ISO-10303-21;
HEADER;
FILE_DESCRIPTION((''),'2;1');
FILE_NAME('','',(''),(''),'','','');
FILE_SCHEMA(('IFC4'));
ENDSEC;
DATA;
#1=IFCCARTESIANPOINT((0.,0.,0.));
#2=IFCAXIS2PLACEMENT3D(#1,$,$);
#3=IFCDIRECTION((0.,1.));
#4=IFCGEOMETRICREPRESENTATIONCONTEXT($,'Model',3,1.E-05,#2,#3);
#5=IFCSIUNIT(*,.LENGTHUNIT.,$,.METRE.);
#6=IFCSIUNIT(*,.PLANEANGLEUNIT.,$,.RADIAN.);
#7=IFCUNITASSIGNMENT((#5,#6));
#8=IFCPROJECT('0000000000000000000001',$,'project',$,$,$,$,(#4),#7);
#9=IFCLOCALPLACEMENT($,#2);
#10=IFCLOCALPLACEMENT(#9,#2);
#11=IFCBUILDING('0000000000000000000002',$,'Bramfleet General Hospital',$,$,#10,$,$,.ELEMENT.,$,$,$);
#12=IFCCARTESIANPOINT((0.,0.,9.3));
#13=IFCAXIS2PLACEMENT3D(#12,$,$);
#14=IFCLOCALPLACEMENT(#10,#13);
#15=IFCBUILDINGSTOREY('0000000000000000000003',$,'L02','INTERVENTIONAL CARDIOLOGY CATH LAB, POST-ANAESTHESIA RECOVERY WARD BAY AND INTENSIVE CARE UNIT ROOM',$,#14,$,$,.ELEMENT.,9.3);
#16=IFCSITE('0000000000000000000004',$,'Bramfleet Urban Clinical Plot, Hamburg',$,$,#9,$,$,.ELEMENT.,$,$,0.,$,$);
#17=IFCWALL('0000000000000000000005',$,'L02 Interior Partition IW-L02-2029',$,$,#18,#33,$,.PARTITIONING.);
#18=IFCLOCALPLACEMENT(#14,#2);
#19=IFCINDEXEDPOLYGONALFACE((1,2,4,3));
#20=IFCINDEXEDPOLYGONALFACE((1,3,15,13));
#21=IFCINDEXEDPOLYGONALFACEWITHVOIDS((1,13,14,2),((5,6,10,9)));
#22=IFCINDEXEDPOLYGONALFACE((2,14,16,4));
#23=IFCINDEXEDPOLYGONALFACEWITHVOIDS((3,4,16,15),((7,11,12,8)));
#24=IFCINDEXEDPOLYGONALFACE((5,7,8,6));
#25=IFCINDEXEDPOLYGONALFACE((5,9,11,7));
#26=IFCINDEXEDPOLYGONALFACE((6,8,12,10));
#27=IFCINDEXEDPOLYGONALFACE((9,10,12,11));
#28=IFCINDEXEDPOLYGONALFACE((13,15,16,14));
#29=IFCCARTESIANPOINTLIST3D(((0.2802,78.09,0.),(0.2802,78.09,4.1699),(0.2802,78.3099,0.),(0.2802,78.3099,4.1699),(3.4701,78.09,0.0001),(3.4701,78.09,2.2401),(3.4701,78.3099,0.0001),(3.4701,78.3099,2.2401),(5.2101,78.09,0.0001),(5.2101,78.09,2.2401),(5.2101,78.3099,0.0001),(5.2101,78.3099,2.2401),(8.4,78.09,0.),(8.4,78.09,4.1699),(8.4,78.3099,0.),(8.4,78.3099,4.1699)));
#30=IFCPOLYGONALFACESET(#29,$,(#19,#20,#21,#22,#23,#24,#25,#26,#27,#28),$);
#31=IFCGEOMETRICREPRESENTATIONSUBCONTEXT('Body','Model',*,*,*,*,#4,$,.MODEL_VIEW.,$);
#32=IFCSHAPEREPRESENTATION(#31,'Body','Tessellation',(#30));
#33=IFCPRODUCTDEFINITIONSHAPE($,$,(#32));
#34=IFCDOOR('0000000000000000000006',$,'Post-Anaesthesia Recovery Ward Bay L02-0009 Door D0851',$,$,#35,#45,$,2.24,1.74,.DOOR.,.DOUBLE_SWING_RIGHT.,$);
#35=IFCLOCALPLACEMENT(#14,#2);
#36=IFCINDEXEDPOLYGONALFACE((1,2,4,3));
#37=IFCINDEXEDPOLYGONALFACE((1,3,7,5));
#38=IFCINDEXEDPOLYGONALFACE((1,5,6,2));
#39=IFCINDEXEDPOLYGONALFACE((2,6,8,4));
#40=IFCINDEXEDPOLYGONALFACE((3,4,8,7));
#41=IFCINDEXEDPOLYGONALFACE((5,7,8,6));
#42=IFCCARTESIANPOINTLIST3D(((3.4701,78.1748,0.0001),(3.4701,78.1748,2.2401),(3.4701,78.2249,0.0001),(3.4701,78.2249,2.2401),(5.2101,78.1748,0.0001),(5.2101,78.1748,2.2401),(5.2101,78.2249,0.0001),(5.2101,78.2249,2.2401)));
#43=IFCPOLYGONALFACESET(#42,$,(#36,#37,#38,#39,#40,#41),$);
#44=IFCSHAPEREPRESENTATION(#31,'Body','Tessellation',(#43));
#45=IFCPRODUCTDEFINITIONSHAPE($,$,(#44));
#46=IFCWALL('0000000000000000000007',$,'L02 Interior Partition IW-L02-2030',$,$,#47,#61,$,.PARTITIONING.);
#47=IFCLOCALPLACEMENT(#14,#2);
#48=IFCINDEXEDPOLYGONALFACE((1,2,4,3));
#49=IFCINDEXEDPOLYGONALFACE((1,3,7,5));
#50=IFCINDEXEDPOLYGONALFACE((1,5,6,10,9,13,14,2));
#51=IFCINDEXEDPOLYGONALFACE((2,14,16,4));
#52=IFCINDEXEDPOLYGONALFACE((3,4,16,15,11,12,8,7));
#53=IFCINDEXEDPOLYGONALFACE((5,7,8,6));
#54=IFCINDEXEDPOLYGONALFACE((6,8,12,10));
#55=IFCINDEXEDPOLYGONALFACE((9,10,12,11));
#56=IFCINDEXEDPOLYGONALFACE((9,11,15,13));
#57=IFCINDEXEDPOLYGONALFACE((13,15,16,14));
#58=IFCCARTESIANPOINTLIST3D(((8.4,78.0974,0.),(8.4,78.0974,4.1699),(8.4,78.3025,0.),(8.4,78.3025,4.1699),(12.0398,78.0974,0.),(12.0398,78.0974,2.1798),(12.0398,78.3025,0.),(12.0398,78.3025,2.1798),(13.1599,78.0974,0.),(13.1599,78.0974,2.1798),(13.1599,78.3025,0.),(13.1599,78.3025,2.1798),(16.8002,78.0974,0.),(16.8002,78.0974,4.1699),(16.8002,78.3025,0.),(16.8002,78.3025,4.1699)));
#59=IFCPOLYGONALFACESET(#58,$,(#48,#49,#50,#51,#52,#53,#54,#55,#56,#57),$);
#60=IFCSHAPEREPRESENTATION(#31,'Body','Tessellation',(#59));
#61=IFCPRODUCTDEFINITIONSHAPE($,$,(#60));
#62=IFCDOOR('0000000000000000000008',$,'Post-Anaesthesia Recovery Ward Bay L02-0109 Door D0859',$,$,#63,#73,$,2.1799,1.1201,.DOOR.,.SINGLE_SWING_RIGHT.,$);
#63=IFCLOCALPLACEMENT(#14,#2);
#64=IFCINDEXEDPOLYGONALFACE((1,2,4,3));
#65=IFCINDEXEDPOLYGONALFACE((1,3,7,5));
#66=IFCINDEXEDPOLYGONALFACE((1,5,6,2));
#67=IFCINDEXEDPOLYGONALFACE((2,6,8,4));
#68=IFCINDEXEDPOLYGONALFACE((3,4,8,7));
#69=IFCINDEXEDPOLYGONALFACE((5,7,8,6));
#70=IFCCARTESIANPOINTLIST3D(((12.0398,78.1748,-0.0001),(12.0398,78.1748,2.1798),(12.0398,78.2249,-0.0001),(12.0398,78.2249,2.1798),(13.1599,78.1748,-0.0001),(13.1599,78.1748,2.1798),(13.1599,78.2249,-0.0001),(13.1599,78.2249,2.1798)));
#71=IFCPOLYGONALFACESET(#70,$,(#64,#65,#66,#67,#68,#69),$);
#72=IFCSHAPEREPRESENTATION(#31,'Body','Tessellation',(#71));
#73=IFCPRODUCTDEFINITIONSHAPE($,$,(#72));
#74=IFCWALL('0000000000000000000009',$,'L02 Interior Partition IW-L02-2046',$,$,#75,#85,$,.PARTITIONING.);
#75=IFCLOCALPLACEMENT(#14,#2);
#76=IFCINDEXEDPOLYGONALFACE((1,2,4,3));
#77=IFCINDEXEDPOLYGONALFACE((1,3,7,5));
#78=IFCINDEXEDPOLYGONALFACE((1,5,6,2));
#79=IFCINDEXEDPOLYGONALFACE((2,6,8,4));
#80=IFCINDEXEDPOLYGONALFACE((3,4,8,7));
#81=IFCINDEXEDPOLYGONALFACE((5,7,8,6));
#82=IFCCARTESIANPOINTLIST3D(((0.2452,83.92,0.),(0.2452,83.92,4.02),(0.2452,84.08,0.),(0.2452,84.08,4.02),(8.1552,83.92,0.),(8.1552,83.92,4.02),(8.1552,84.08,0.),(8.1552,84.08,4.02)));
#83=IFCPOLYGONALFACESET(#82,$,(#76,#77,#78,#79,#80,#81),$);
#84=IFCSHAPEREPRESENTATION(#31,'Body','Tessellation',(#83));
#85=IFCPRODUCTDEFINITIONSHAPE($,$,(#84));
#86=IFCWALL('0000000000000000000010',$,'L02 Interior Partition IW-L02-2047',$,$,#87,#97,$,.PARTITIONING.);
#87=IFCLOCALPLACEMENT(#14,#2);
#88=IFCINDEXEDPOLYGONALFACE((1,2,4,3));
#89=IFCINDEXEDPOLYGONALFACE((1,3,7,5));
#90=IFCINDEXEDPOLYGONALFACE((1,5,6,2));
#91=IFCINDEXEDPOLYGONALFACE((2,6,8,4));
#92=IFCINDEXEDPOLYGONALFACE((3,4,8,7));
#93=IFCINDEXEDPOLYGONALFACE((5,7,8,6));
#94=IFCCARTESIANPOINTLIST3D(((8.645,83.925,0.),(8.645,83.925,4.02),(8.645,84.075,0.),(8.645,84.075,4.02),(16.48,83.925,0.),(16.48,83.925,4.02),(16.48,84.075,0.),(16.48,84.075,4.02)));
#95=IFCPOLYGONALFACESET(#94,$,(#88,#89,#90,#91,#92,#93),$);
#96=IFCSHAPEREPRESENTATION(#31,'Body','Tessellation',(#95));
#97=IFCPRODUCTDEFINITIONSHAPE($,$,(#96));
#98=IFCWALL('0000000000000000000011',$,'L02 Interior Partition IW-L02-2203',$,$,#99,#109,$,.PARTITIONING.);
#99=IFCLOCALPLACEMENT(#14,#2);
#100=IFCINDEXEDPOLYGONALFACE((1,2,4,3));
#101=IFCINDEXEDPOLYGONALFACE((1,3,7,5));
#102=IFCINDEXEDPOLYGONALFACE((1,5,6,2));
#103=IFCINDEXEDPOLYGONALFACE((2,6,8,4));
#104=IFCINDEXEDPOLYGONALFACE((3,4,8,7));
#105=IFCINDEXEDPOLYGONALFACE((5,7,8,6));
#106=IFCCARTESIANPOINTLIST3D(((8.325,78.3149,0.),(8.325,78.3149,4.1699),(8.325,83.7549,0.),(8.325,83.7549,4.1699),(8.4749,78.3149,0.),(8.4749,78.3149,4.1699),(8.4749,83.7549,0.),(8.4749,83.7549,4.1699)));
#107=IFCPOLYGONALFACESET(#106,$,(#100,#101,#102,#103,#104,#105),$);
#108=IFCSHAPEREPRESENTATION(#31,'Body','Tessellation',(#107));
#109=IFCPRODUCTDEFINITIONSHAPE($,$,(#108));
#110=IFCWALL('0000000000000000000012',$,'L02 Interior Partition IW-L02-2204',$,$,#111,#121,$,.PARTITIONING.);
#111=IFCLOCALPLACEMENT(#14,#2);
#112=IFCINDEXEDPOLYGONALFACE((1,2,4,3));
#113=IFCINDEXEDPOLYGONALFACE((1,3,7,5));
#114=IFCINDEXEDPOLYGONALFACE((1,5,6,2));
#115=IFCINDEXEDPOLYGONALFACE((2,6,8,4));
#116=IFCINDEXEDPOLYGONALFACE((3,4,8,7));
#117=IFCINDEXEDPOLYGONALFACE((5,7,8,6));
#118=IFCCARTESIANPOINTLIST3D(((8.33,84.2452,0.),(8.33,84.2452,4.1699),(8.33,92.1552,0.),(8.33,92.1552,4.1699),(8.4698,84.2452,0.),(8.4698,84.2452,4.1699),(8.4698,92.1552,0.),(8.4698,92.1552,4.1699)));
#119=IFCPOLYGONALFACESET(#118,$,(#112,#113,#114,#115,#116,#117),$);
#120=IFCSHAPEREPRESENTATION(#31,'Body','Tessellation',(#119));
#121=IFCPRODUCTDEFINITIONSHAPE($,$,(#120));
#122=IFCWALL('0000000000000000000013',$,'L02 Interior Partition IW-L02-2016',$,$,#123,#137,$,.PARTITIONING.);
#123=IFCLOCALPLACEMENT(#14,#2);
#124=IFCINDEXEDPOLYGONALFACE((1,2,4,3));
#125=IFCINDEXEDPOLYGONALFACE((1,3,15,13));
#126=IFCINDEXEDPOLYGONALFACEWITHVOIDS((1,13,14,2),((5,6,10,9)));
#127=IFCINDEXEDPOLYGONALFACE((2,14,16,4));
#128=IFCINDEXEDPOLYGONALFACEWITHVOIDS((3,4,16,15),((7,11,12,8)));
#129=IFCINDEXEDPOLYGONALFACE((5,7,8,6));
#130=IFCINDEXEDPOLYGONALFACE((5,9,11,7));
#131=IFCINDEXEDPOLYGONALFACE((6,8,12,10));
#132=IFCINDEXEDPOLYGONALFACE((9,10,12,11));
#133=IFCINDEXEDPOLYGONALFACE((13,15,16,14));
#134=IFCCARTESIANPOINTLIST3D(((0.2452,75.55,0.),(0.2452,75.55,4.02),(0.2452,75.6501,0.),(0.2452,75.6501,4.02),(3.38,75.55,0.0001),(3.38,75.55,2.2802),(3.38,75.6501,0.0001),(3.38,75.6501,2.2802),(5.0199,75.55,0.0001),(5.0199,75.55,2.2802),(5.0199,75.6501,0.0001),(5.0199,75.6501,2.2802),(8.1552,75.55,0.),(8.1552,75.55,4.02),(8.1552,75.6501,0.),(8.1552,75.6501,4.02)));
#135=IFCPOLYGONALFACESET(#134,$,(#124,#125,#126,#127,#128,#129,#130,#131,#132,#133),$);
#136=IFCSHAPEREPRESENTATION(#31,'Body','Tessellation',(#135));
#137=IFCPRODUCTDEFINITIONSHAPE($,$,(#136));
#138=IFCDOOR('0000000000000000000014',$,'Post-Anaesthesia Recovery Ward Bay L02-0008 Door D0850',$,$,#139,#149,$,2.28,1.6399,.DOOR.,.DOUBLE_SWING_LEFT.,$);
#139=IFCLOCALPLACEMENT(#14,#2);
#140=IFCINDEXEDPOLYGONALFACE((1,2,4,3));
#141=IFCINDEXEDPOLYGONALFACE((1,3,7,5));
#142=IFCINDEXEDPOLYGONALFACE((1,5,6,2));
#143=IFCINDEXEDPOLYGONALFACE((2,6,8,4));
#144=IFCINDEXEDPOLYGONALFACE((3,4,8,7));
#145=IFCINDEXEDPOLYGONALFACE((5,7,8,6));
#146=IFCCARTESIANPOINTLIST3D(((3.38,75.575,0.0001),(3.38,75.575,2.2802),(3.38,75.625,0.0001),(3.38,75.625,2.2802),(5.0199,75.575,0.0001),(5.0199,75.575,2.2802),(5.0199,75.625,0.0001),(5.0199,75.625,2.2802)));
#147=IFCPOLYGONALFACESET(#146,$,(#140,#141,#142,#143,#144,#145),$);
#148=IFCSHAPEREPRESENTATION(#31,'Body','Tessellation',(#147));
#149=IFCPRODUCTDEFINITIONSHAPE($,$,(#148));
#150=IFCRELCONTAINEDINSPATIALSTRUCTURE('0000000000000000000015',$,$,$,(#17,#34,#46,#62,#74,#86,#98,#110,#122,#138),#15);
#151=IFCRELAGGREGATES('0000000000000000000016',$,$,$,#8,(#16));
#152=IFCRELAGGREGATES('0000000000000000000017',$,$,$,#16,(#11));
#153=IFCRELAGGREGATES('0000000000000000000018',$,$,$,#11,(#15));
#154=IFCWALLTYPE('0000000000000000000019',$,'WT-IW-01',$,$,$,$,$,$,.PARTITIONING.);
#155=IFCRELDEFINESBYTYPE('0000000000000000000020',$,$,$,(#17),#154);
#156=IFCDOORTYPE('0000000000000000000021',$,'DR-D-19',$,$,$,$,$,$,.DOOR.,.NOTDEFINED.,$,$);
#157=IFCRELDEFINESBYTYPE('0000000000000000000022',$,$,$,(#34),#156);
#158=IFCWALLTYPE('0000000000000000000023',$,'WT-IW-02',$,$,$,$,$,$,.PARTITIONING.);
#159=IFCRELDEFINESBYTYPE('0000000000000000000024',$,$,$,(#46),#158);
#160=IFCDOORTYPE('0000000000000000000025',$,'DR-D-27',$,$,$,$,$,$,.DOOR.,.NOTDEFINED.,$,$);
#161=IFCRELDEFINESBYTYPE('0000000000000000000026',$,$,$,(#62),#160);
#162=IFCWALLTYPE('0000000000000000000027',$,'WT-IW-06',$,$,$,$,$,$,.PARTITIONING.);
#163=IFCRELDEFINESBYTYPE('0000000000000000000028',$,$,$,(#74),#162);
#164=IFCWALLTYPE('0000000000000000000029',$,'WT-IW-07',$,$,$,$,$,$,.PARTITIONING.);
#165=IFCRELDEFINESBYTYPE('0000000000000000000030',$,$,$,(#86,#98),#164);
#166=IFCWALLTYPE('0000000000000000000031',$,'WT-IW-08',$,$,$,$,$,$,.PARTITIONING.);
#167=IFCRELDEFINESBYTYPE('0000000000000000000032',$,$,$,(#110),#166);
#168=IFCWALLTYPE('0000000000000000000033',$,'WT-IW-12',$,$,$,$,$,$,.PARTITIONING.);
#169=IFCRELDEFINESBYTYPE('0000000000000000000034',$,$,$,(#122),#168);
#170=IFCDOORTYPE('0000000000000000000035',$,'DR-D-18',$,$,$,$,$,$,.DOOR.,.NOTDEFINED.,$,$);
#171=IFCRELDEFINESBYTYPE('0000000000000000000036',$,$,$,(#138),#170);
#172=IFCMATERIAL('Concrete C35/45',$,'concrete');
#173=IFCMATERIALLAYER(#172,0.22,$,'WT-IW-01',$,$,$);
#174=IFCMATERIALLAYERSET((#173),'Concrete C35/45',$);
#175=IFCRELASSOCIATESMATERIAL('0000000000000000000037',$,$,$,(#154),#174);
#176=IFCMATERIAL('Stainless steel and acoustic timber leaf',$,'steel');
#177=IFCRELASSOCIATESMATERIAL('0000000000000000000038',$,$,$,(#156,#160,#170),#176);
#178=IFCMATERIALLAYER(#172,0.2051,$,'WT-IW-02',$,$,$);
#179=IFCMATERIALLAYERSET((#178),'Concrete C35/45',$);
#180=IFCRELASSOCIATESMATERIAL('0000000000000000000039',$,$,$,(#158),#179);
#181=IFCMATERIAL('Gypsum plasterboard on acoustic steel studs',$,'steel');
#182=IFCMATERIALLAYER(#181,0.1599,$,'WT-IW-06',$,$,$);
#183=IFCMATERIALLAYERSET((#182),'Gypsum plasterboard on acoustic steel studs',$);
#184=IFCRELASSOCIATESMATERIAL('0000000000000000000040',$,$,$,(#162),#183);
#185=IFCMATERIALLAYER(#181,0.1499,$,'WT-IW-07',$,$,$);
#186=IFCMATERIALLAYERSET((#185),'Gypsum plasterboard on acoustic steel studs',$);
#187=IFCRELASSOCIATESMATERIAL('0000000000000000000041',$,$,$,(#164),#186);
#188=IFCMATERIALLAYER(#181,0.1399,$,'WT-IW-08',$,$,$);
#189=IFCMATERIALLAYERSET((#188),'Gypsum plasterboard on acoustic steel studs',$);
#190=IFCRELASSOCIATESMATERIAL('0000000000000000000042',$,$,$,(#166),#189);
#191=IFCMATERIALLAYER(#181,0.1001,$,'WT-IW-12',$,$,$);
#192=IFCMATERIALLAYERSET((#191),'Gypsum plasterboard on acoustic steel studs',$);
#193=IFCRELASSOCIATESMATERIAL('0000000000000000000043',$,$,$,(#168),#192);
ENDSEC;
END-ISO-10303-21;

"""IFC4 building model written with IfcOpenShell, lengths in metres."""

from ifc_helpers import new_model, si_unit, direction, frame, frame_2d, origin, place, context, subcontext, project, spatial, rectangle, extrude, material, layer, layer_set, type_object, element, fill, save


model = new_model("IFC4")

# Units and contexts
model_context = context("Model", 3, precision=1e-05, world=origin(), true_north=direction((0.0, 1.0)))
body_context = subcontext(model_context, "Body", "Model", "MODEL_VIEW")
ifc_project = project(units=[si_unit("LENGTHUNIT", "METRE"), si_unit("PLANEANGLEUNIT", "RADIAN")], contexts=[model_context])

# Site, building, storey
site_placement = place(None, origin())
site = spatial("IfcSite", under=ifc_project, at=site_placement, Name="Bramfleet Urban Clinical Plot, Hamburg", CompositionType="ELEMENT", RefElevation=0.0)
building_placement = place(site_placement, origin())
building = spatial("IfcBuilding", under=site, at=building_placement, Name="Bramfleet General Hospital", CompositionType="ELEMENT")
storey_placement = place(building_placement, frame((0.0, 0.0, 9.3)))
storey = spatial("IfcBuildingStorey", under=building, at=storey_placement, Name="L02", Description="INTERVENTIONAL CARDIOLOGY CATH LAB, POST-ANAESTHESIA RECOVERY WARD BAY AND INTENSIVE CARE UNIT ROOM", CompositionType="ELEMENT", Elevation=9.3)

# Shared definitions
ifc_material_1 = material(Name="Concrete C35/45", Category="concrete")

# Walls, openings, doors
ifc_layer_1 = layer(ifc_material_1, 0.22, Name="WT-IW-01")
ifc_layer_set_1 = layer_set([ifc_layer_1], Name="Concrete C35/45")
wall_type_1 = type_object("IfcWallType", Name="WT-IW-01", PredefinedType="PARTITIONING", material=ifc_layer_set_1)
ifc_material_2 = material(Name="Stainless steel and acoustic timber leaf", Category="steel")
wall_1_placement = place(storey_placement, frame((0.28, 78.2, 0.0), z_axis=(0.0, 0.0, 1.0), x_axis=(1.0, 0.0, 0.0)))
wall_1 = element("IfcWall", 1, at=wall_1_placement, inside=storey, type_object=wall_type_1, Name="L02 Interior Partition IW-L02-2029", PredefinedType="PARTITIONING", context=body_context, shape_type="SweptSolid", body=[
    extrude(rectangle(XDim=8.1199, YDim=0.22, at=frame_2d((4.0601, 0.0))), origin(), (0.0, 0.0, 1.0), 4.1699),
])
opening_1_placement = place(wall_1_placement, frame((3.1899, 0.0, 0.0)))
opening_1 = element("IfcOpeningElement", 2, at=opening_1_placement, cuts=wall_1, PredefinedType="OPENING", context=body_context, shape_type="SweptSolid", body=[
    extrude(rectangle(XDim=1.74, YDim=2.24, at=frame_2d((0.8701, 1.1201))), frame((0.0, 0.1199, 0.0), z_axis=(0.0, -1.0, 0.0), x_axis=(1.0, 0.0, 0.0)), (0.0, 0.0, 1.0), 0.24),
])
door_type_1 = type_object("IfcDoorType", Name="DR-D-19", OperationType="NOTDEFINED", PredefinedType="DOOR", material=ifc_material_2)
door_1_placement = place(opening_1_placement, origin())
door_1 = element("IfcDoor", 3, at=door_1_placement, inside=storey, type_object=door_type_1, Name="Post-Anaesthesia Recovery Ward Bay L02-0009 Door D0851", OperationType="DOUBLE_SWING_RIGHT", OverallHeight=2.24, OverallWidth=1.74, PredefinedType="DOOR", context=body_context, shape_type="SweptSolid", body=[
    extrude(rectangle(XDim=1.74, YDim=2.24, at=frame_2d((0.8701, 1.1201))), frame((0.0, 0.0249, 0.0), z_axis=(0.0, -1.0, 0.0), x_axis=(1.0, 0.0, 0.0)), (0.0, 0.0, 1.0), 0.05),
])
fill(opening_1, door_1)
ifc_layer_2 = layer(ifc_material_1, 0.2051, Name="WT-IW-02")
ifc_layer_set_2 = layer_set([ifc_layer_2], Name="Concrete C35/45")
wall_type_2 = type_object("IfcWallType", Name="WT-IW-02", PredefinedType="PARTITIONING", material=ifc_layer_set_2)
wall_2_placement = place(storey_placement, frame((8.3999, 78.2, 0.0), z_axis=(0.0, 0.0, 1.0), x_axis=(1.0, 0.0, 0.0)))
wall_2 = element("IfcWall", 4, at=wall_2_placement, inside=storey, type_object=wall_type_2, Name="L02 Interior Partition IW-L02-2030", PredefinedType="PARTITIONING", context=body_context, shape_type="SweptSolid", body=[
    extrude(rectangle(XDim=8.4001, YDim=0.2051, at=frame_2d((4.2002, 0.0))), origin(), (0.0, 0.0, 1.0), 4.1699),
])
opening_2_placement = place(wall_2_placement, frame((3.6399, 0.0, 0.0)))
opening_2 = element("IfcOpeningElement", 5, at=opening_2_placement, cuts=wall_2, PredefinedType="OPENING", context=body_context, shape_type="SweptSolid", body=[
    extrude(rectangle(XDim=1.1201, YDim=2.1799, at=frame_2d((0.5601, 1.0898))), frame((0.0, 0.1125, 0.0), z_axis=(0.0, -1.0, 0.0), x_axis=(1.0, 0.0, 0.0)), (0.0, 0.0, 1.0), 0.2251),
])
door_type_2 = type_object("IfcDoorType", Name="DR-D-27", OperationType="NOTDEFINED", PredefinedType="DOOR", material=ifc_material_2)
door_2_placement = place(opening_2_placement, origin())
door_2 = element("IfcDoor", 6, at=door_2_placement, inside=storey, type_object=door_type_2, Name="Post-Anaesthesia Recovery Ward Bay L02-0109 Door D0859", OperationType="SINGLE_SWING_RIGHT", OverallHeight=2.1799, OverallWidth=1.1201, PredefinedType="DOOR", context=body_context, shape_type="SweptSolid", body=[
    extrude(rectangle(XDim=1.1201, YDim=2.1799, at=frame_2d((0.5601, 1.0898))), frame((0.0, 0.0249, 0.0), z_axis=(0.0, -1.0, 0.0), x_axis=(1.0, 0.0, 0.0)), (0.0, 0.0, 1.0), 0.05),
])
fill(opening_2, door_2)

# Walls
ifc_material_3 = material(Name="Gypsum plasterboard on acoustic steel studs", Category="steel")
ifc_layer_3 = layer(ifc_material_3, 0.1599, Name="WT-IW-06")
ifc_layer_set_3 = layer_set([ifc_layer_3], Name="Gypsum plasterboard on acoustic steel studs")
wall_type_3 = type_object("IfcWallType", Name="WT-IW-06", PredefinedType="PARTITIONING", material=ifc_layer_set_3)
wall_3_placement = place(storey_placement, frame((0.2451, 84.0, 0.0), z_axis=(0.0, 0.0, 1.0), x_axis=(1.0, 0.0, 0.0)))
element("IfcWall", 7, at=wall_3_placement, inside=storey, type_object=wall_type_3, Name="L02 Interior Partition IW-L02-2046", PredefinedType="PARTITIONING", context=body_context, shape_type="SweptSolid", body=[
    extrude(rectangle(XDim=7.9099, YDim=0.1599, at=frame_2d((3.9551, 0.0))), origin(), (0.0, 0.0, 1.0), 4.02),
])
ifc_layer_4 = layer(ifc_material_3, 0.1499, Name="WT-IW-07")
ifc_layer_set_4 = layer_set([ifc_layer_4], Name="Gypsum plasterboard on acoustic steel studs")
wall_type_4 = type_object("IfcWallType", Name="WT-IW-07", PredefinedType="PARTITIONING", material=ifc_layer_set_4)
wall_4_placement = place(storey_placement, frame((8.645, 84.0, 0.0), z_axis=(0.0, 0.0, 1.0), x_axis=(1.0, 0.0, 0.0)))
element("IfcWall", 8, at=wall_4_placement, inside=storey, type_object=wall_type_4, Name="L02 Interior Partition IW-L02-2047", PredefinedType="PARTITIONING", context=body_context, shape_type="SweptSolid", body=[
    extrude(rectangle(XDim=7.835, YDim=0.1499, at=frame_2d((3.9175, 0.0))), origin(), (0.0, 0.0, 1.0), 4.02),
])
wall_5_placement = place(storey_placement, frame((8.3999, 78.3149, 0.0), z_axis=(0.0, 0.0, 1.0), x_axis=(0.0, 1.0, 0.0)))
element("IfcWall", 9, at=wall_5_placement, inside=storey, type_object=wall_type_4, Name="L02 Interior Partition IW-L02-2203", PredefinedType="PARTITIONING", context=body_context, shape_type="SweptSolid", body=[
    extrude(rectangle(XDim=5.4399, YDim=0.1499, at=frame_2d((2.72, 0.0))), origin(), (0.0, 0.0, 1.0), 4.1699),
])
ifc_layer_5 = layer(ifc_material_3, 0.1399, Name="WT-IW-08")
ifc_layer_set_5 = layer_set([ifc_layer_5], Name="Gypsum plasterboard on acoustic steel studs")
wall_type_5 = type_object("IfcWallType", Name="WT-IW-08", PredefinedType="PARTITIONING", material=ifc_layer_set_5)
wall_6_placement = place(storey_placement, frame((8.3999, 84.2451, 0.0), z_axis=(0.0, 0.0, 1.0), x_axis=(0.0, 1.0, 0.0)))
element("IfcWall", 10, at=wall_6_placement, inside=storey, type_object=wall_type_5, Name="L02 Interior Partition IW-L02-2204", PredefinedType="PARTITIONING", context=body_context, shape_type="SweptSolid", body=[
    extrude(rectangle(XDim=7.9099, YDim=0.1399, at=frame_2d((3.9551, 0.0))), origin(), (0.0, 0.0, 1.0), 4.1699),
])

# Wall, opening, door
ifc_layer_6 = layer(ifc_material_3, 0.1001, Name="WT-IW-12")
ifc_layer_set_6 = layer_set([ifc_layer_6], Name="Gypsum plasterboard on acoustic steel studs")
wall_type_6 = type_object("IfcWallType", Name="WT-IW-12", PredefinedType="PARTITIONING", material=ifc_layer_set_6)
wall_7_placement = place(storey_placement, frame((0.2451, 75.6001, 0.0), z_axis=(0.0, 0.0, 1.0), x_axis=(1.0, 0.0, 0.0)))
wall_7 = element("IfcWall", 11, at=wall_7_placement, inside=storey, type_object=wall_type_6, Name="L02 Interior Partition IW-L02-2016", PredefinedType="PARTITIONING", context=body_context, shape_type="SweptSolid", body=[
    extrude(rectangle(XDim=7.9099, YDim=0.1001, at=frame_2d((3.9551, 0.0))), origin(), (0.0, 0.0, 1.0), 4.02),
])
opening_3_placement = place(wall_7_placement, frame((3.135, 0.0, 0.0)))
opening_3 = element("IfcOpeningElement", 12, at=opening_3_placement, cuts=wall_7, PredefinedType="OPENING", context=body_context, shape_type="SweptSolid", body=[
    extrude(rectangle(XDim=1.6399, YDim=2.28, at=frame_2d((0.8198, 1.1401))), frame((0.0, 0.0601, 0.0), z_axis=(0.0, -1.0, 0.0), x_axis=(1.0, 0.0, 0.0)), (0.0, 0.0, 1.0), 0.1201),
])
door_type_3 = type_object("IfcDoorType", Name="DR-D-18", OperationType="NOTDEFINED", PredefinedType="DOOR", material=ifc_material_2)
door_3_placement = place(opening_3_placement, origin())
door_3 = element("IfcDoor", 13, at=door_3_placement, inside=storey, type_object=door_type_3, Name="Post-Anaesthesia Recovery Ward Bay L02-0008 Door D0850", OperationType="DOUBLE_SWING_LEFT", OverallHeight=2.28, OverallWidth=1.6399, PredefinedType="DOOR", context=body_context, shape_type="SweptSolid", body=[
    extrude(rectangle(XDim=1.6399, YDim=2.28, at=frame_2d((0.8198, 1.1401))), frame((0.0, 0.0249, 0.0), z_axis=(0.0, -1.0, 0.0), x_axis=(1.0, 0.0, 0.0)), (0.0, 0.0, 1.0), 0.05),
])
fill(opening_3, door_3)

save(model, "model.ifc")
